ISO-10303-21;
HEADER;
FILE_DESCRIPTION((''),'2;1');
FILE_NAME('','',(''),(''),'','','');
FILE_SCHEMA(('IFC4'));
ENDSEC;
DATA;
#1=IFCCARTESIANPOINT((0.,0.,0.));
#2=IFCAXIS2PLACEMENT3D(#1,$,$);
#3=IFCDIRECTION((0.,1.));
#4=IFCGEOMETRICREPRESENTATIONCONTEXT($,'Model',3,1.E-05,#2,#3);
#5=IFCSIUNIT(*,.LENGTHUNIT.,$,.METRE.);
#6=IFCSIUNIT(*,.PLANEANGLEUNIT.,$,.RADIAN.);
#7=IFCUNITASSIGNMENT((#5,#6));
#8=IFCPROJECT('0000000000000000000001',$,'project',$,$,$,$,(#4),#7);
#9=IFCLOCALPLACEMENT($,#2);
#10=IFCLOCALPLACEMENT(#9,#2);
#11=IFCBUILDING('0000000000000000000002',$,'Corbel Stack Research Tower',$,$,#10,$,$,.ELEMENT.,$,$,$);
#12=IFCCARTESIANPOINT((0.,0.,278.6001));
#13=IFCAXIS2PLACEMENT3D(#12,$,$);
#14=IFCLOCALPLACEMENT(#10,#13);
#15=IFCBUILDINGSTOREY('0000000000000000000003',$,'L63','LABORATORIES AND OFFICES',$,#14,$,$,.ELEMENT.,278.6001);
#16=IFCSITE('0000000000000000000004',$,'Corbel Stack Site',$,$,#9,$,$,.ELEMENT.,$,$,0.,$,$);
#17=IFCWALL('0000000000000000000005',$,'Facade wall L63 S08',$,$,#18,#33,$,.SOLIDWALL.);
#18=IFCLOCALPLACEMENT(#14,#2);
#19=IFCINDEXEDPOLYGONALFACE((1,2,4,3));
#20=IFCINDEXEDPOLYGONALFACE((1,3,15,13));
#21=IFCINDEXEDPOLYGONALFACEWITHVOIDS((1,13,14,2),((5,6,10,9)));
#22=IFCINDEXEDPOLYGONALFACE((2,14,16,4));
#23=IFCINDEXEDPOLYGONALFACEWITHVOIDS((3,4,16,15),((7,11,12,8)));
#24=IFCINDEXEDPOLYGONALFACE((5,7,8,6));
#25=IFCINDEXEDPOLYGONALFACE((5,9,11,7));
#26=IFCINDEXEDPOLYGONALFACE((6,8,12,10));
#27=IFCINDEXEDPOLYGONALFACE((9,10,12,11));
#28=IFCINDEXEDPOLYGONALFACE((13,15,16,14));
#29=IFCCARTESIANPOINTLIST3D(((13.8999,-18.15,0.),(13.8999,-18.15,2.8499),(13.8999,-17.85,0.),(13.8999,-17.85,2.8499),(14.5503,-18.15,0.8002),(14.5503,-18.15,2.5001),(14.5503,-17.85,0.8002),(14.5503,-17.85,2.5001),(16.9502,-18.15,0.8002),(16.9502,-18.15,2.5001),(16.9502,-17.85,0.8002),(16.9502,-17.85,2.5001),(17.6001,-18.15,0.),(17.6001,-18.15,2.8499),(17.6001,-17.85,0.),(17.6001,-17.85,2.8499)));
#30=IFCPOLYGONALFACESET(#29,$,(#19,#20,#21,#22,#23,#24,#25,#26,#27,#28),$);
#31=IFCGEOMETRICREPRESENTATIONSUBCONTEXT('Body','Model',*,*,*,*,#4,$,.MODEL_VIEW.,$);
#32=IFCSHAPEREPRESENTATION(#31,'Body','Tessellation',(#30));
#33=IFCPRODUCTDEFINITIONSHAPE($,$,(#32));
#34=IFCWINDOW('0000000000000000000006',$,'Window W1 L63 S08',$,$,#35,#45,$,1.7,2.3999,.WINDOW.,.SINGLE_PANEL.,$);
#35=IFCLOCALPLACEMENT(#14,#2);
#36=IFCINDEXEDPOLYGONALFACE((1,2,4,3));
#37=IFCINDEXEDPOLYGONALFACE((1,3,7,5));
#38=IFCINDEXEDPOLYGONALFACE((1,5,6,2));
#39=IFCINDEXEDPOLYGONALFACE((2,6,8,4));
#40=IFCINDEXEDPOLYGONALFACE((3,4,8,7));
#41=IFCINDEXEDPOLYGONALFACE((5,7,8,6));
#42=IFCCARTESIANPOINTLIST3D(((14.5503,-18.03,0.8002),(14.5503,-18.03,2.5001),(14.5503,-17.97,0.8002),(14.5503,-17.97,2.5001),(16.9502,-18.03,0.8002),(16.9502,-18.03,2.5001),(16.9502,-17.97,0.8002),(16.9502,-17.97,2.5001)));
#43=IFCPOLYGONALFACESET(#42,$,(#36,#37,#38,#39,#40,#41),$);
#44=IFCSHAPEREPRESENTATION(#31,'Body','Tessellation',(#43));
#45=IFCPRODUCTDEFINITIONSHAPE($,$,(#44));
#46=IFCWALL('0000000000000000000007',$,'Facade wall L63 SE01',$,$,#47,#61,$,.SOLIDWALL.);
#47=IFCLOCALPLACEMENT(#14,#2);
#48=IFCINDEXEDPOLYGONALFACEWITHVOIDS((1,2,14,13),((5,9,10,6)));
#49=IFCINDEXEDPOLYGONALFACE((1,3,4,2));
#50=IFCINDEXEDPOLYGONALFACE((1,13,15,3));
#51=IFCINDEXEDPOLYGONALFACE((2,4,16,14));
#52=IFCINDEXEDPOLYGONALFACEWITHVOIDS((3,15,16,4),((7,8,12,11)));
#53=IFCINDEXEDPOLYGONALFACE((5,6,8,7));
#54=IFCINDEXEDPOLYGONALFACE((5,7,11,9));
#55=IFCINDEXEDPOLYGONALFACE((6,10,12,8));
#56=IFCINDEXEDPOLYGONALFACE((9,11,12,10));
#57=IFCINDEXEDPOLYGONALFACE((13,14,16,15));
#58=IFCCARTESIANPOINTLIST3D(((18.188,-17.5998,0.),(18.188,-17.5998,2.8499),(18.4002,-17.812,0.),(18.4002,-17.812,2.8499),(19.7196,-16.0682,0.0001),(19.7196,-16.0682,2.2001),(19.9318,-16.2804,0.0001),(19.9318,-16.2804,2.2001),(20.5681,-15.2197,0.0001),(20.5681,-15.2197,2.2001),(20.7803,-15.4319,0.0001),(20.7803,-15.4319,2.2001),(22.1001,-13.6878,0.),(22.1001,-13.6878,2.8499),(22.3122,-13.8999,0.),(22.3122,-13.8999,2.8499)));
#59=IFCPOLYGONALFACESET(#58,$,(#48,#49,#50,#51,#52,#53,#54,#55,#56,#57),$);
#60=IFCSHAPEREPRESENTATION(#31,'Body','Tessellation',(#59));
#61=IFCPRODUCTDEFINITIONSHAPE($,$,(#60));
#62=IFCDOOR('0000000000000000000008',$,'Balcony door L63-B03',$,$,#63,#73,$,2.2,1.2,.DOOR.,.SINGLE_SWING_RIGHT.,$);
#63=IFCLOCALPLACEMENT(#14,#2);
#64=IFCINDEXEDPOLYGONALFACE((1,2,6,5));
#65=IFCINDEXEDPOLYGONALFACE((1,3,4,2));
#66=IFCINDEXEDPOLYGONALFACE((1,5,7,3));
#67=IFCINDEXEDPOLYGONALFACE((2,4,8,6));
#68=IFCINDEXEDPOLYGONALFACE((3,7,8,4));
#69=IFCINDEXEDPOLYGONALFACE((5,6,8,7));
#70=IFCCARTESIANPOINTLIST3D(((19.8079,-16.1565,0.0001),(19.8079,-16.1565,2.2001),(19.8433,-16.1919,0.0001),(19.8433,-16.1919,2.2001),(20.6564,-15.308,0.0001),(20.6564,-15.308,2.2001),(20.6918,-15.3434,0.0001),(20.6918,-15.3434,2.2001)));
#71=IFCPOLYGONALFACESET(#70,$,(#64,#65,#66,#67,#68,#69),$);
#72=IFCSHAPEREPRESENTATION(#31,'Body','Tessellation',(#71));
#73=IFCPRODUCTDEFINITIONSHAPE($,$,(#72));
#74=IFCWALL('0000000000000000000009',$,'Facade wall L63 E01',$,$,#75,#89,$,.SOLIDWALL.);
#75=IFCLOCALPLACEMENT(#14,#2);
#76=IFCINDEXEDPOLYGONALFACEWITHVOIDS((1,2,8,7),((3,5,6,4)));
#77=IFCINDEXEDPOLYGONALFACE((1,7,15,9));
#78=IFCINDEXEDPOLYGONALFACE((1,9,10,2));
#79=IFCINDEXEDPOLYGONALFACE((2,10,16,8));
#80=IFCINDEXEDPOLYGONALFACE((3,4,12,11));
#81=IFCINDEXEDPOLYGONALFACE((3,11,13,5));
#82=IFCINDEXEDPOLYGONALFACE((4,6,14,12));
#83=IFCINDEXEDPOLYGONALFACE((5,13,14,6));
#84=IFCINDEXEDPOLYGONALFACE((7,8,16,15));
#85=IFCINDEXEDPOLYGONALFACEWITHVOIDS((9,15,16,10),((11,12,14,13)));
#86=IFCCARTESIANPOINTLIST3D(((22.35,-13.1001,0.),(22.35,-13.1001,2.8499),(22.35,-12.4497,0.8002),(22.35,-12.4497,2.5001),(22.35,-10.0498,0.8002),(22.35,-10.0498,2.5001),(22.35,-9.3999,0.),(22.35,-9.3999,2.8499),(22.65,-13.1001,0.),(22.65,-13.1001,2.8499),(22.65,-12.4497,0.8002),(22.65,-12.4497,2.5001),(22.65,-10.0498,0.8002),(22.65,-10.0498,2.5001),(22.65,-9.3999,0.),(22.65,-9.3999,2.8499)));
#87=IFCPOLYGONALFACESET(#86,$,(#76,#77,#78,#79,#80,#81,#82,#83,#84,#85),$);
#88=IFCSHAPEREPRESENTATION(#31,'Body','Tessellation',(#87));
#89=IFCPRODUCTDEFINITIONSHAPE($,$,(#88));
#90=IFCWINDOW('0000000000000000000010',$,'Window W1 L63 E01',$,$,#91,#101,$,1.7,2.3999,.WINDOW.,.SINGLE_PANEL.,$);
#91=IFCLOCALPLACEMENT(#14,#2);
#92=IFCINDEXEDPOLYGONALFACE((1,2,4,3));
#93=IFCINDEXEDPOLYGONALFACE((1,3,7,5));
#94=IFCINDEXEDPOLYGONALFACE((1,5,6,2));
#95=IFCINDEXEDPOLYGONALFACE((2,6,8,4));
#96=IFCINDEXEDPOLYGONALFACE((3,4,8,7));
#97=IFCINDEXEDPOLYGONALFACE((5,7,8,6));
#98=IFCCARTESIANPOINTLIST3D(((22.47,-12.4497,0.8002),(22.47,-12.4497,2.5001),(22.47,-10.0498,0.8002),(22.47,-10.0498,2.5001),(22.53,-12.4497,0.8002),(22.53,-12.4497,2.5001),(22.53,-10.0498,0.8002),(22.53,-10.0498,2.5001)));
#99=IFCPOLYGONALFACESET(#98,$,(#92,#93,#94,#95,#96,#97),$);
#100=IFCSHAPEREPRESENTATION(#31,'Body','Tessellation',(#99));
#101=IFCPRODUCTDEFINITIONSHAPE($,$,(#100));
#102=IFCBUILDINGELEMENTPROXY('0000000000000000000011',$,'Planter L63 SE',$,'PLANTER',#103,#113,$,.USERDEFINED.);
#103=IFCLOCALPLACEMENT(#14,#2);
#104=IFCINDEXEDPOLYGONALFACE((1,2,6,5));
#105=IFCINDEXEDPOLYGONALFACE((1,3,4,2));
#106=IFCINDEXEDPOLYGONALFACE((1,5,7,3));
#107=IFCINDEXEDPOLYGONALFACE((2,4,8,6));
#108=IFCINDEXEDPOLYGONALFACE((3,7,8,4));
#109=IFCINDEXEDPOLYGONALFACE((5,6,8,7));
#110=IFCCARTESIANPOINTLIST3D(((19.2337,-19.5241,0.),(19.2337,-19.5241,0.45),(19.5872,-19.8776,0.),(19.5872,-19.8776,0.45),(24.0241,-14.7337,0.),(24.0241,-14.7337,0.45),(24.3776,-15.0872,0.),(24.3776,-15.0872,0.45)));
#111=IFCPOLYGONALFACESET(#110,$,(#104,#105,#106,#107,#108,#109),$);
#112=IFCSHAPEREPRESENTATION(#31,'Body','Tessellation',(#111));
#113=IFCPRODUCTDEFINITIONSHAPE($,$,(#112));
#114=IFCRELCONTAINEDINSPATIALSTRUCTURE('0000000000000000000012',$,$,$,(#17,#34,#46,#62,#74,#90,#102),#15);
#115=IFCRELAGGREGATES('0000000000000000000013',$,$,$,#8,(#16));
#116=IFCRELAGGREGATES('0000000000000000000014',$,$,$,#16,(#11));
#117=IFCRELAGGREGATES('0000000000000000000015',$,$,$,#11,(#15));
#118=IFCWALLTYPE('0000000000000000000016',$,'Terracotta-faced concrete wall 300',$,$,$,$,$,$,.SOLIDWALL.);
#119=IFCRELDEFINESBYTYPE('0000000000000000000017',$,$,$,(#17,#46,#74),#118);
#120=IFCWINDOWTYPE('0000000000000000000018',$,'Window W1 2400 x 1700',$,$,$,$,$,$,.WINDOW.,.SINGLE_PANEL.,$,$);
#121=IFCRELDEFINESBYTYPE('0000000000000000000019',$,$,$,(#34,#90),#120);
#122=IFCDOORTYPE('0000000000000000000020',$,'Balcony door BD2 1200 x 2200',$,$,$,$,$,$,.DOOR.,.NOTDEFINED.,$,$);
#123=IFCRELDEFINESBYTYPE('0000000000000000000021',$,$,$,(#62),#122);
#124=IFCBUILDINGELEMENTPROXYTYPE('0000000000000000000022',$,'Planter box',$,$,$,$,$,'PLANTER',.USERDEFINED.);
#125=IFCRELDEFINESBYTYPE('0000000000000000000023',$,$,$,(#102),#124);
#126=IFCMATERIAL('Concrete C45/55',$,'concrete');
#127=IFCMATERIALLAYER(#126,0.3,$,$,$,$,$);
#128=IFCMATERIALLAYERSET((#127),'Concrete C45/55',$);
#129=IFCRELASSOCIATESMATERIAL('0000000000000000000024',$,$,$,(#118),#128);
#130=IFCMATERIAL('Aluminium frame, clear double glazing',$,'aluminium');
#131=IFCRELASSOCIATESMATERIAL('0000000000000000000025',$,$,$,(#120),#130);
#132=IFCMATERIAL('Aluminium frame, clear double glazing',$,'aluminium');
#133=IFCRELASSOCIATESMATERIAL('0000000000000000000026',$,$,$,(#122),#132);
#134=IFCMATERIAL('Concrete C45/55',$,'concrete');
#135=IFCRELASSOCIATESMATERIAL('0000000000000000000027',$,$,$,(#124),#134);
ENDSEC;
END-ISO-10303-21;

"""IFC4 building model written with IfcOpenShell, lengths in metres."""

from ifc_helpers import new_model, si_unit, direction, frame, frame_2d, origin, origin_2d, place, context, subcontext, project, spatial, rectangle, extrude, material, layer, layer_set, type_object, element, fill, save


model = new_model("IFC4")

# Units and contexts
model_context = context("Model", 3, precision=1e-05, world=origin(), true_north=direction((0.0, 1.0)))
body_context = subcontext(model_context, "Body", "Model", "MODEL_VIEW")
ifc_project = project(units=[si_unit("LENGTHUNIT", "METRE"), si_unit("PLANEANGLEUNIT", "RADIAN")], contexts=[model_context])

# Site, building, storey
site_placement = place(None, origin())
site = spatial("IfcSite", under=ifc_project, at=site_placement, Name="Corbel Stack Site", CompositionType="ELEMENT", RefElevation=0.0)
building_placement = place(site_placement, origin())
building = spatial("IfcBuilding", under=site, at=building_placement, Name="Corbel Stack Research Tower", CompositionType="ELEMENT")
storey_placement = place(building_placement, frame((0.0, 0.0, 278.6001)))
storey = spatial("IfcBuildingStorey", under=building, at=storey_placement, Name="L63", Description="LABORATORIES AND OFFICES", CompositionType="ELEMENT", Elevation=278.6001)

# Shared definitions
ifc_material_1 = material(Name="Concrete C45/55", Category="concrete")
ifc_layer_1 = layer(ifc_material_1, 0.3)
ifc_layer_set_1 = layer_set([ifc_layer_1], Name="Concrete C45/55")
wall_type_1 = type_object("IfcWallType", Name="Terracotta-faced concrete wall 300", PredefinedType="SOLIDWALL", material=ifc_layer_set_1)

# Wall, opening, window
wall_1_placement = place(storey_placement, frame((17.6001, -18.0, 0.0), z_axis=(0.0, 0.0, 1.0), x_axis=(-1.0, 0.0, 0.0)))
wall_1 = element("IfcWall", 1, at=wall_1_placement, inside=storey, type_object=wall_type_1, Name="Facade wall L63 S08", PredefinedType="SOLIDWALL", context=body_context, shape_type="SweptSolid", body=[
    extrude(rectangle(XDim=3.7002, YDim=0.3, at=frame_2d((1.8501, 0.0))), origin(), (0.0, 0.0, 1.0), 2.8499),
])
opening_1_placement = place(wall_1_placement, frame((0.6499, 0.0, 0.8)))
opening_1 = element("IfcOpeningElement", 2, at=opening_1_placement, cuts=wall_1, PredefinedType="OPENING", context=body_context, shape_type="SweptSolid", body=[
    extrude(rectangle(XDim=2.3999, YDim=1.7, at=frame_2d((1.2, 0.8501))), frame((0.0, 0.1599, 0.0), z_axis=(0.0, -1.0, 0.0), x_axis=(1.0, 0.0, 0.0)), (0.0, 0.0, 1.0), 0.3201),
])
ifc_material_2 = material(Name="Aluminium frame, clear double glazing", Category="aluminium")
window_type = type_object("IfcWindowType", Name="Window W1 2400 x 1700", PartitioningType="SINGLE_PANEL", PredefinedType="WINDOW", material=ifc_material_2)
window_1_placement = place(opening_1_placement, origin())
window_1 = element("IfcWindow", 3, at=window_1_placement, inside=storey, type_object=window_type, Name="Window W1 L63 S08", OverallHeight=1.7, OverallWidth=2.3999, PartitioningType="SINGLE_PANEL", PredefinedType="WINDOW", context=body_context, shape_type="SweptSolid", body=[
    extrude(rectangle(XDim=2.3999, YDim=1.7, at=frame_2d((1.2, 0.8501))), frame((0.0, 0.03, 0.0), z_axis=(0.0, -1.0, 0.0), x_axis=(1.0, 0.0, 0.0)), (0.0, 0.0, 1.0), 0.0601),
])
fill(opening_1, window_1)

# Wall, opening, door
wall_2_placement = place(storey_placement, frame((22.2061, -13.7939, 0.0), z_axis=(0.0, 0.0, 1.0), x_axis=(-0.707107, -0.707107, 0.0)))
wall_2 = element("IfcWall", 4, at=wall_2_placement, inside=storey, type_object=wall_type_1, Name="Facade wall L63 SE01", PredefinedType="SOLIDWALL", context=body_context, shape_type="SweptSolid", body=[
    extrude(rectangle(XDim=5.5325, YDim=0.3, at=frame_2d((2.7661, 0.0))), origin(), (0.0, 0.0, 1.0), 2.8499),
])
opening_2_placement = place(wall_2_placement, frame((2.1663, 0.0, 0.0)))
opening_2 = element("IfcOpeningElement", 5, at=opening_2_placement, cuts=wall_2, PredefinedType="OPENING", context=body_context, shape_type="SweptSolid", body=[
    extrude(rectangle(XDim=1.2, YDim=2.2, at=frame_2d((0.6001, 1.1001))), frame((0.0, 0.1599, 0.0), z_axis=(0.0, -1.0, 0.0), x_axis=(1.0, 0.0, 0.0)), (0.0, 0.0, 1.0), 0.3201),
])
ifc_material_3 = material(Name="Aluminium frame, clear double glazing", Category="aluminium")
door_type_1 = type_object("IfcDoorType", Name="Balcony door BD2 1200 x 2200", OperationType="NOTDEFINED", PredefinedType="DOOR", material=ifc_material_3)
door_1_placement = place(opening_2_placement, origin())
door_1 = element("IfcDoor", 6, at=door_1_placement, inside=storey, type_object=door_type_1, Name="Balcony door L63-B03", OperationType="SINGLE_SWING_RIGHT", OverallHeight=2.2, OverallWidth=1.2, PredefinedType="DOOR", context=body_context, shape_type="SweptSolid", body=[
    extrude(rectangle(XDim=1.2, YDim=2.2, at=frame_2d((0.6001, 1.1001))), frame((0.0, 0.0249, 0.0), z_axis=(0.0, -1.0, 0.0), x_axis=(1.0, 0.0, 0.0)), (0.0, 0.0, 1.0), 0.05),
])
fill(opening_2, door_1)

# Wall, opening, window
wall_3_placement = place(storey_placement, frame((22.5, -9.3999, 0.0), z_axis=(0.0, 0.0, 1.0), x_axis=(0.0, -1.0, 0.0)))
wall_3 = element("IfcWall", 7, at=wall_3_placement, inside=storey, type_object=wall_type_1, Name="Facade wall L63 E01", PredefinedType="SOLIDWALL", context=body_context, shape_type="SweptSolid", body=[
    extrude(rectangle(XDim=3.7002, YDim=0.3, at=frame_2d((1.8501, 0.0))), origin(), (0.0, 0.0, 1.0), 2.8499),
])
opening_3_placement = place(wall_3_placement, frame((0.6499, 0.0, 0.8)))
opening_3 = element("IfcOpeningElement", 8, at=opening_3_placement, cuts=wall_3, PredefinedType="OPENING", context=body_context, shape_type="SweptSolid", body=[
    extrude(rectangle(XDim=2.3999, YDim=1.7, at=frame_2d((1.2, 0.8501))), frame((0.0, 0.1599, 0.0), z_axis=(0.0, -1.0, 0.0), x_axis=(1.0, 0.0, 0.0)), (0.0, 0.0, 1.0), 0.3201),
])
window_2_placement = place(opening_3_placement, origin())
window_2 = element("IfcWindow", 9, at=window_2_placement, inside=storey, type_object=window_type, Name="Window W1 L63 E01", OverallHeight=1.7, OverallWidth=2.3999, PartitioningType="SINGLE_PANEL", PredefinedType="WINDOW", context=body_context, shape_type="SweptSolid", body=[
    extrude(rectangle(XDim=2.3999, YDim=1.7, at=frame_2d((1.2, 0.8501))), frame((0.0, 0.03, 0.0), z_axis=(0.0, -1.0, 0.0), x_axis=(1.0, 0.0, 0.0)), (0.0, 0.0, 1.0), 0.0601),
])
fill(opening_3, window_2)

# Building element proxy
ifc_material_4 = material(Name="Concrete C45/55", Category="concrete")
building_element_proxy_type = type_object("IfcBuildingElementProxyType", Name="Planter box", ElementType="PLANTER", PredefinedType="USERDEFINED", material=ifc_material_4)
proxy_placement = place(storey_placement, frame((21.8057, -17.3057, 0.0), z_axis=(0.0, 0.0, 1.0), x_axis=(0.707107, 0.707107, 0.0)))
element("IfcBuildingElementProxy", 10, at=proxy_placement, inside=storey, type_object=building_element_proxy_type, Name="Planter L63 SE", ObjectType="PLANTER", PredefinedType="USERDEFINED", context=body_context, shape_type="SweptSolid", body=[
    extrude(rectangle(XDim=6.7747, YDim=0.5, at=origin_2d()), origin(), (0.0, 0.0, 1.0), 0.45),
])

save(model, "model.ifc")
